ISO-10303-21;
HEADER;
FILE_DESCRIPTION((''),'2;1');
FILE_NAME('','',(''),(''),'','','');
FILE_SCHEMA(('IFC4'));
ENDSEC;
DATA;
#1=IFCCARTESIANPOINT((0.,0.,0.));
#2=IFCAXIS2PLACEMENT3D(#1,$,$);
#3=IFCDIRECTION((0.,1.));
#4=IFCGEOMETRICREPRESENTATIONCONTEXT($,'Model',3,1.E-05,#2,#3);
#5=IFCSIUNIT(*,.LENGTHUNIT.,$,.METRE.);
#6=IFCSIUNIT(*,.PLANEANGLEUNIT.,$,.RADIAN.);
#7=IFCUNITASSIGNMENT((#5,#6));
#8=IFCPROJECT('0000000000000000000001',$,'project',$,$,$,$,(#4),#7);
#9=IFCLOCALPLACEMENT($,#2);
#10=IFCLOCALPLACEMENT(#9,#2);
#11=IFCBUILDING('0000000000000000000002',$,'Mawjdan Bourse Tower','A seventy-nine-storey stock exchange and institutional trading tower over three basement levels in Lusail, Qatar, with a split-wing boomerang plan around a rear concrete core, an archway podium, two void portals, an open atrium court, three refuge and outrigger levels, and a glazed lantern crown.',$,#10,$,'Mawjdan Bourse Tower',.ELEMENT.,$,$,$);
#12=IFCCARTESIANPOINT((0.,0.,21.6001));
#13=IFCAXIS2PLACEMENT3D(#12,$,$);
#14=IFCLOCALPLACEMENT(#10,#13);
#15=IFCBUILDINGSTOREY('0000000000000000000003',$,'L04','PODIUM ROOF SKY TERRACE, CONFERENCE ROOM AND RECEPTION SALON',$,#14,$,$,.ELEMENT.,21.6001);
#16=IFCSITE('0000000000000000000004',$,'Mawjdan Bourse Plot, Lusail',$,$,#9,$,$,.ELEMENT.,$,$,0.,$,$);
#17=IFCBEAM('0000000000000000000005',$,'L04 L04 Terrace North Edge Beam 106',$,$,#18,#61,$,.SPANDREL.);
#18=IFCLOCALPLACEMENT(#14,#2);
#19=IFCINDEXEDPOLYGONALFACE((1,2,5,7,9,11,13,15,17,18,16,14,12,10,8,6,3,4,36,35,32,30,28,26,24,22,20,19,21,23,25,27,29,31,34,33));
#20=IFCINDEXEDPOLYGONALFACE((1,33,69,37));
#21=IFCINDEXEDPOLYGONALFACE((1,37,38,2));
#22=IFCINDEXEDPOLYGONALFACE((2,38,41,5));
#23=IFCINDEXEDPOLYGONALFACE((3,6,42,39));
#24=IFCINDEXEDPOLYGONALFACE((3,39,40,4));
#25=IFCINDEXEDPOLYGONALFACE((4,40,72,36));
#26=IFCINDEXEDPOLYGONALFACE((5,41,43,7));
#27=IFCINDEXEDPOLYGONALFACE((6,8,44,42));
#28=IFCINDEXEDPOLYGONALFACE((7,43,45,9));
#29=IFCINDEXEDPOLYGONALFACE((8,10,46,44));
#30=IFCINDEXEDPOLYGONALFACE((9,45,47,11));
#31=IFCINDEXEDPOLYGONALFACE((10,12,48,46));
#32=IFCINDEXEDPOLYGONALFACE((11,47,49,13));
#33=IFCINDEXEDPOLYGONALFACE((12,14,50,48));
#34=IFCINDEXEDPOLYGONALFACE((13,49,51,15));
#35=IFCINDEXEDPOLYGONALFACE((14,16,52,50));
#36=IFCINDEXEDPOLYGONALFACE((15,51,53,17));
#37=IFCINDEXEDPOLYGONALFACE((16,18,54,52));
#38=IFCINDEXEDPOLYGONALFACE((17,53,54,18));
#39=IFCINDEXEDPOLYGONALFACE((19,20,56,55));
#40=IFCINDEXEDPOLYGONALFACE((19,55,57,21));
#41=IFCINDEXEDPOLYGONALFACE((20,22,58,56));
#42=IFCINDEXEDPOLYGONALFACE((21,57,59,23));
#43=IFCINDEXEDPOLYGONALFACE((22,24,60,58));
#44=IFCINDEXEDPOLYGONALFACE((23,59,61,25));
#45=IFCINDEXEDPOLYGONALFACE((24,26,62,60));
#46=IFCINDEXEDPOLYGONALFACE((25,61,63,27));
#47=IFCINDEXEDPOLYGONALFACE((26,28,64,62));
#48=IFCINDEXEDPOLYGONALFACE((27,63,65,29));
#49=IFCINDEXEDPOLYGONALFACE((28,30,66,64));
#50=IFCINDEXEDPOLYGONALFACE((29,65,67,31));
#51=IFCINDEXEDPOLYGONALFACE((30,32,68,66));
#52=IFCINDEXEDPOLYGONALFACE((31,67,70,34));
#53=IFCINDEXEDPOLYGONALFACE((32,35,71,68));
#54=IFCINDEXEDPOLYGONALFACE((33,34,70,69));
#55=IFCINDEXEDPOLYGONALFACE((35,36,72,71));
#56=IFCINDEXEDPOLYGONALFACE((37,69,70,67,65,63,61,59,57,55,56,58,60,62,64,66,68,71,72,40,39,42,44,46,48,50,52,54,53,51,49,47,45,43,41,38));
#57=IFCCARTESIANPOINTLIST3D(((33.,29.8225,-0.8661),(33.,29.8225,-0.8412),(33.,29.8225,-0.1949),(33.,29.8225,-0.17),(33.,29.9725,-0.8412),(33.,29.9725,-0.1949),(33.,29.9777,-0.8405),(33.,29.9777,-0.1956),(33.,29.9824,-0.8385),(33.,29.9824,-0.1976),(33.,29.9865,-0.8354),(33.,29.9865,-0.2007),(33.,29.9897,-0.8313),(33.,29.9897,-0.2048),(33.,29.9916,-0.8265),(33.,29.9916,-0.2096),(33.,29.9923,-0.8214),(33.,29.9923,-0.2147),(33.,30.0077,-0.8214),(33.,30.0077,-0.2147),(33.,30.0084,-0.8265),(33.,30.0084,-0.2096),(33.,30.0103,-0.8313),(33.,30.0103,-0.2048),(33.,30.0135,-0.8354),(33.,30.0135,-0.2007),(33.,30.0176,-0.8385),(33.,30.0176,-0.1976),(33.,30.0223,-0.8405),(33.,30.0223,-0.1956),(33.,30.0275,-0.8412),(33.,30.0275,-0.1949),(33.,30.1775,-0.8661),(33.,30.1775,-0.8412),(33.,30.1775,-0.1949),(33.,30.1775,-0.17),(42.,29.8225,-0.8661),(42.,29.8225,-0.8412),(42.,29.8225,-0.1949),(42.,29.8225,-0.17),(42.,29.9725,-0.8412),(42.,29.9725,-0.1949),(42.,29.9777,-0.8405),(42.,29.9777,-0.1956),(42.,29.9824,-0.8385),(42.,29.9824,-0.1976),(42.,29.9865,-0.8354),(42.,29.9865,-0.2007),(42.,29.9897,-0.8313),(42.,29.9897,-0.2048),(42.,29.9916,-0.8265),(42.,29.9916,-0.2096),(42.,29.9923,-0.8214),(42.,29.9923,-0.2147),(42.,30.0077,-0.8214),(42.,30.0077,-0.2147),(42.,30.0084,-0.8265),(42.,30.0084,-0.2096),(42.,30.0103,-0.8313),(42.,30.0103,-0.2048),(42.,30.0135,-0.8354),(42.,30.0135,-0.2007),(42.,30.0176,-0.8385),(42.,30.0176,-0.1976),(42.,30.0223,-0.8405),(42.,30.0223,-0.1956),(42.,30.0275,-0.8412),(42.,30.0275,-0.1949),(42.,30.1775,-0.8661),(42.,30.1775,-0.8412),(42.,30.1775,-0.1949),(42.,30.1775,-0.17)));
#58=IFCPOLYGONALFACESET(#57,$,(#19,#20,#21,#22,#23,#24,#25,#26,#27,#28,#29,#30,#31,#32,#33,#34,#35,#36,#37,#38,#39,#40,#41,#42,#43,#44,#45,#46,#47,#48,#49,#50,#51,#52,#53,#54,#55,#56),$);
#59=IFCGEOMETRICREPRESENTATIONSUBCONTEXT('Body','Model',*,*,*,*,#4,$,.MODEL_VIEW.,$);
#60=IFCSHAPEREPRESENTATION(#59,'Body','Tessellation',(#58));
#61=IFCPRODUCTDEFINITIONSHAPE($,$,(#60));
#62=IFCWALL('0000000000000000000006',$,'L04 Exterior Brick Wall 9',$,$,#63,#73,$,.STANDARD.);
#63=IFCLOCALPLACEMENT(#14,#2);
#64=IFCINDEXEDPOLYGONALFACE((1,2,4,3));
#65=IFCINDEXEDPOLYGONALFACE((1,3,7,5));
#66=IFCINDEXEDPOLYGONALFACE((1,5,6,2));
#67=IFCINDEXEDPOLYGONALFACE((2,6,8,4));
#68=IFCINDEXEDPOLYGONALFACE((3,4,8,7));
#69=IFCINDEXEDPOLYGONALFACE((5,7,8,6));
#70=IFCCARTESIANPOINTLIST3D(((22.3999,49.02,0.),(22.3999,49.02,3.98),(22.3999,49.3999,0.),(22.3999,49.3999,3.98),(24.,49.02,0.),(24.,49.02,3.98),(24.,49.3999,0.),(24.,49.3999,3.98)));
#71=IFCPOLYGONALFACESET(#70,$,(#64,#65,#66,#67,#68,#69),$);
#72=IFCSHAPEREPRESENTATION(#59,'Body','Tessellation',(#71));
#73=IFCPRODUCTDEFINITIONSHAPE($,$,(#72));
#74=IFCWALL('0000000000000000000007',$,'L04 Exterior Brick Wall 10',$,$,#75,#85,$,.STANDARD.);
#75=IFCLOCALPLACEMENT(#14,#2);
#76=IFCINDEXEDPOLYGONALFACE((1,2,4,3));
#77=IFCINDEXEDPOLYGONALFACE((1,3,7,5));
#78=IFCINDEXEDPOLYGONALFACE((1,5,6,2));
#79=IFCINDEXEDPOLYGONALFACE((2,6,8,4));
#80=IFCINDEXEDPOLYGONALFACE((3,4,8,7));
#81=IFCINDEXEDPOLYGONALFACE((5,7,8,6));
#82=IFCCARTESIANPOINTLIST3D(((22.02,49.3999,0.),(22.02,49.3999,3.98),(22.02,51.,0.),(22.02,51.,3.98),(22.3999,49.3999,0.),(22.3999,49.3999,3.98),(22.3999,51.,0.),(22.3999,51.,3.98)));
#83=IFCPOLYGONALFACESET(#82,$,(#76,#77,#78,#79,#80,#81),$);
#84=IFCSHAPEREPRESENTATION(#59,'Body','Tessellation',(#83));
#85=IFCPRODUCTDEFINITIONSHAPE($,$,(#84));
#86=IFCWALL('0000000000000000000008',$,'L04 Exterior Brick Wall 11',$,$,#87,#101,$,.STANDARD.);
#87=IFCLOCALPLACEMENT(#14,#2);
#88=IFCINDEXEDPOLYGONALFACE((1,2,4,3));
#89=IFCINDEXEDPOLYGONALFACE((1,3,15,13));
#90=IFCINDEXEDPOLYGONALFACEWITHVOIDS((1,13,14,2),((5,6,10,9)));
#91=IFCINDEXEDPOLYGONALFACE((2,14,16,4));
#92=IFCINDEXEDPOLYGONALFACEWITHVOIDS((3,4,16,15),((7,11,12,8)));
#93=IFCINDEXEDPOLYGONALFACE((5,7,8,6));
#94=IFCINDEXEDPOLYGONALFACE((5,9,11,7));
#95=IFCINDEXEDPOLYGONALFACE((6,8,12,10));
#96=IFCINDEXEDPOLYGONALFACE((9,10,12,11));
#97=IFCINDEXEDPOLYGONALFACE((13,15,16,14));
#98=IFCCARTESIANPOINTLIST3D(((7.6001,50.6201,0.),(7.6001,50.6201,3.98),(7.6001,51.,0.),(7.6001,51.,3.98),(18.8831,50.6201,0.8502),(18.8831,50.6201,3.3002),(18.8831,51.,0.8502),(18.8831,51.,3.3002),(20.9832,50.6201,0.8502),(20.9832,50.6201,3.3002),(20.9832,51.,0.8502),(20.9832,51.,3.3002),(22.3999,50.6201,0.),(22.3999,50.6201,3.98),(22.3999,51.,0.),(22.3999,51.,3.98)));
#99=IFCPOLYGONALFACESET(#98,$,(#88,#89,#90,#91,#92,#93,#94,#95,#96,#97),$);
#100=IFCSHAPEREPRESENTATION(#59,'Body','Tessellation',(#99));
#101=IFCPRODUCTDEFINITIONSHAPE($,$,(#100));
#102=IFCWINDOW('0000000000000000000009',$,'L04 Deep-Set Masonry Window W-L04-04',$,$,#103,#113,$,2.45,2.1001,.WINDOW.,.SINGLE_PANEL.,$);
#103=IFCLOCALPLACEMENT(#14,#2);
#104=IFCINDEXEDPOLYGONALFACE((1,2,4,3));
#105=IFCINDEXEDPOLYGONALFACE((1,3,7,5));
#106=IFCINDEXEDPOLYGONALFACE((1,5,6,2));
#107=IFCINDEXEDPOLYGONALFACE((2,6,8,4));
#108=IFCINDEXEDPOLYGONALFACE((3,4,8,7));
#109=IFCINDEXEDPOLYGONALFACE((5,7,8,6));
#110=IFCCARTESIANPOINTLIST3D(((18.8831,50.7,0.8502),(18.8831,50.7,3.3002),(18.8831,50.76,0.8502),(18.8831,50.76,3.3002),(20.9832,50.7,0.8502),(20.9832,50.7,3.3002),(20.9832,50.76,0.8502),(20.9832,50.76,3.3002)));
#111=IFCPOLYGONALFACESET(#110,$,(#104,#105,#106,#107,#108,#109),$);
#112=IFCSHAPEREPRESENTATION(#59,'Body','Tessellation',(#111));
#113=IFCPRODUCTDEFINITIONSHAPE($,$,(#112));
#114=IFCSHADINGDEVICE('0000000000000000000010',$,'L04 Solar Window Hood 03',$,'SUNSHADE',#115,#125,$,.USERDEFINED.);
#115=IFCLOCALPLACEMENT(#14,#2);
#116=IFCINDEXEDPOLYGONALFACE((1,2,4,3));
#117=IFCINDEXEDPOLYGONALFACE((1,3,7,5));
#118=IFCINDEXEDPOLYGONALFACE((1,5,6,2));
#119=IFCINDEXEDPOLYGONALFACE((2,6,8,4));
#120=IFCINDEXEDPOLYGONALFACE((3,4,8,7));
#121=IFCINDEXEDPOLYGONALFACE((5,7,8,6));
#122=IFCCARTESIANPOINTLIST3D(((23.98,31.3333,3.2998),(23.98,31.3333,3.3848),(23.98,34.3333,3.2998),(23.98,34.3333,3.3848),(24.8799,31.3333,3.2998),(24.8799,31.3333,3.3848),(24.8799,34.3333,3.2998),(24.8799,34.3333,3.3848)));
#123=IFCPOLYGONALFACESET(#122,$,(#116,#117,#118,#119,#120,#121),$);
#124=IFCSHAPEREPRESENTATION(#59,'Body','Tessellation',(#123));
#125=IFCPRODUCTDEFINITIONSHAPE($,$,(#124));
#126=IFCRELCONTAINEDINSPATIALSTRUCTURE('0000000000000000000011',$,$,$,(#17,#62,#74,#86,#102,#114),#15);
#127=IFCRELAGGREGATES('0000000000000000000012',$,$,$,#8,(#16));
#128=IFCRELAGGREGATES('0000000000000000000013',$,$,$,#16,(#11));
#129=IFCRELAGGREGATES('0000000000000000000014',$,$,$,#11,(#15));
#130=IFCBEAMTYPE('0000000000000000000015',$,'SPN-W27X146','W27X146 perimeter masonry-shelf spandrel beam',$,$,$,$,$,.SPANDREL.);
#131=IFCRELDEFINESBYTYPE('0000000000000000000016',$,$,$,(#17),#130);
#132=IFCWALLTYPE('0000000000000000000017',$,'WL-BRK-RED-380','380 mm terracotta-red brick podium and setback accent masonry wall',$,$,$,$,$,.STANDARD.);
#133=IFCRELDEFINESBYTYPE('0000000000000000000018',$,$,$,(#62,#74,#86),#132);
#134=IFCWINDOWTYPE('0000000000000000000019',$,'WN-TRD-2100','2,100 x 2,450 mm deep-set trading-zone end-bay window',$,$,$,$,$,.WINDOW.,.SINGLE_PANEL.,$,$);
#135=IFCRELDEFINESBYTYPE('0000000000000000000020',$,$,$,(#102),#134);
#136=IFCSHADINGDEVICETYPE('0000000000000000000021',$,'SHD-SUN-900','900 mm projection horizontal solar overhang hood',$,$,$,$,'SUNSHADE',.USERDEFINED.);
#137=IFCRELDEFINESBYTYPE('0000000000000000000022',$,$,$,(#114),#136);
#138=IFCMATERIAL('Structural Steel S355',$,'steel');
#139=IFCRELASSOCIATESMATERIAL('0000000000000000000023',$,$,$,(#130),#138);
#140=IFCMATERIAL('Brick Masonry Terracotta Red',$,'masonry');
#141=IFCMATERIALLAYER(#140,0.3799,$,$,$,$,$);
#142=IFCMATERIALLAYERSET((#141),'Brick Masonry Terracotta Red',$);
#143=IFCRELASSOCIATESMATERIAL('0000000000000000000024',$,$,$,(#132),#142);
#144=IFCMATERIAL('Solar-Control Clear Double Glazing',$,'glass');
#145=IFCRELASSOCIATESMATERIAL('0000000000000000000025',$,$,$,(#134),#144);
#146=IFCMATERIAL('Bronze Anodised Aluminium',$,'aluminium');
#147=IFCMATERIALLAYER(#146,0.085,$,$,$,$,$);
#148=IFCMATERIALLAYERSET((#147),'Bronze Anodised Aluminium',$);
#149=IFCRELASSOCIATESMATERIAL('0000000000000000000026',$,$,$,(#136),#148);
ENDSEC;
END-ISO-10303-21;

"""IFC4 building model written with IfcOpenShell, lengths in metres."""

from ifc_helpers import new_model, si_unit, direction, frame, frame_2d, origin, origin_2d, place, context, subcontext, project, spatial, rectangle, i_section, extrude, material, layer, layer_set, material_profile, profile_set, type_object, element, fill, save


model = new_model("IFC4")

# Units and contexts
model_context = context("Model", 3, precision=1e-05, world=origin(), true_north=direction((0.0, 1.0)))
body_context = subcontext(model_context, "Body", "Model", "MODEL_VIEW")
ifc_project = project(units=[si_unit("LENGTHUNIT", "METRE"), si_unit("PLANEANGLEUNIT", "RADIAN")], contexts=[model_context])

# Site, building, storey
site_placement = place(None, origin())
site = spatial("IfcSite", under=ifc_project, at=site_placement, Name="Mawjdan Bourse Plot, Lusail", CompositionType="ELEMENT", RefElevation=0.0)
building_placement = place(site_placement, origin())
building = spatial("IfcBuilding", under=site, at=building_placement, Name="Mawjdan Bourse Tower", Description="A seventy-nine-storey stock exchange and institutional trading tower over three basement levels in Lusail, Qatar, with a split-wing boomerang plan around a rear concrete core, an archway podium, two void portals, an open atrium court, three refuge and outrigger levels, and a glazed lantern crown.", LongName="Mawjdan Bourse Tower", CompositionType="ELEMENT")
storey_placement = place(building_placement, frame((0.0, 0.0, 21.6001)))
storey = spatial("IfcBuildingStorey", under=building, at=storey_placement, Name="L04", Description="PODIUM ROOF SKY TERRACE, CONFERENCE ROOM AND RECEPTION SALON", CompositionType="ELEMENT", Elevation=21.6001)

# Beam
ifc_material_1 = material(Name="Structural Steel S355", Category="steel")
ifc_material_profile_1 = material_profile(ifc_material_1, i_section(OverallWidth=0.355, OverallDepth=0.696, WebThickness=0.0154, FlangeThickness=0.0249, FilletRadius=0.0198, at=origin_2d()), Name="W27X146")
ifc_profile_set_1 = profile_set([ifc_material_profile_1], Name="Structural Steel S355")
beam_type_1 = type_object("IfcBeamType", Name="SPN-W27X146", Description="W27X146 perimeter masonry-shelf spandrel beam", PredefinedType="SPANDREL", material=ifc_profile_set_1)
beam_placement = place(storey_placement, frame((33.0, 30.0, -0.5181), z_axis=(1.0, 0.0, 0.0), x_axis=(0.0, 1.0, 0.0)))
element("IfcBeam", 1, at=beam_placement, inside=storey, type_object=beam_type_1, Name="L04 L04 Terrace North Edge Beam 106", PredefinedType="SPANDREL", context=body_context, shape_type="SweptSolid", body=[
    extrude(i_section(OverallWidth=0.355, OverallDepth=0.696, WebThickness=0.0154, FlangeThickness=0.0249, FilletRadius=0.0198, at=origin_2d()), origin(), (0.0, 0.0, 1.0), 9.0),
])

# Walls
ifc_material_2 = material(Name="Brick Masonry Terracotta Red", Category="masonry")
ifc_layer_1 = layer(ifc_material_2, 0.3799)
ifc_layer_set_1 = layer_set([ifc_layer_1], Name="Brick Masonry Terracotta Red")
wall_type = type_object("IfcWallType", Name="WL-BRK-RED-380", Description="380 mm terracotta-red brick podium and setback accent masonry wall", PredefinedType="STANDARD", material=ifc_layer_set_1)
for number, where, z_axis, x_axis, name in (
    (2, (24.0, 49.21, 0.0), (0.0, 0.0, 1.0), (-1.0, 0.0, 0.0), "L04 Exterior Brick Wall 9"),
    (3, (22.21, 49.3999, 0.0), (0.0, 0.0, 1.0), (0.0, 1.0, 0.0), "L04 Exterior Brick Wall 10"),
):
    element("IfcWall", number, at=place(storey_placement, frame(where, z_axis=z_axis, x_axis=x_axis)), inside=storey, type_object=wall_type, Name=name, PredefinedType="STANDARD", context=body_context, shape_type="SweptSolid", body=[
        extrude(rectangle(XDim=1.6001, YDim=0.3799, at=frame_2d((0.8, 0.0))), origin(), (0.0, 0.0, 1.0), 3.98),
    ])

# Wall, opening, window
wall_placement = place(storey_placement, frame((22.3999, 50.8101, 0.0), z_axis=(0.0, 0.0, 1.0), x_axis=(-1.0, 0.0, 0.0)))
wall = element("IfcWall", 4, at=wall_placement, inside=storey, type_object=wall_type, Name="L04 Exterior Brick Wall 11", PredefinedType="STANDARD", context=body_context, shape_type="SweptSolid", body=[
    extrude(rectangle(XDim=14.7998, YDim=0.3799, at=frame_2d((7.3999, 0.0))), origin(), (0.0, 0.0, 1.0), 3.98),
])
opening_placement = place(wall_placement, frame((1.4167, 0.0, 0.8501)))
opening = element("IfcOpeningElement", 5, at=opening_placement, cuts=wall, PredefinedType="OPENING", context=body_context, shape_type="SweptSolid", body=[
    extrude(rectangle(XDim=2.1001, YDim=2.45, at=frame_2d((1.05, 1.2251))), frame((0.0, 0.2, 0.0), z_axis=(0.0, -1.0, 0.0), x_axis=(1.0, 0.0, 0.0)), (0.0, 0.0, 1.0), 0.3999),
])
ifc_material_3 = material(Name="Solar-Control Clear Double Glazing", Category="glass")
window_type = type_object("IfcWindowType", Name="WN-TRD-2100", Description="2,100 x 2,450 mm deep-set trading-zone end-bay window", PartitioningType="SINGLE_PANEL", PredefinedType="WINDOW", material=ifc_material_3)
window_placement = place(opening_placement, origin())
window = element("IfcWindow", 6, at=window_placement, inside=storey, type_object=window_type, Name="L04 Deep-Set Masonry Window W-L04-04", OverallHeight=2.45, OverallWidth=2.1001, PartitioningType="SINGLE_PANEL", PredefinedType="WINDOW", context=body_context, shape_type="SweptSolid", body=[
    extrude(rectangle(XDim=2.1001, YDim=2.45, at=frame_2d((1.05, 1.2251))), frame((0.0, 0.1101, 0.0), z_axis=(0.0, -1.0, 0.0), x_axis=(1.0, 0.0, 0.0)), (0.0, 0.0, 1.0), 0.0601),
])
fill(opening, window)

# Shading device
ifc_material_4 = material(Name="Bronze Anodised Aluminium", Category="aluminium")
ifc_layer_2 = layer(ifc_material_4, 0.085)
ifc_layer_set_2 = layer_set([ifc_layer_2], Name="Bronze Anodised Aluminium")
shading_device_type = type_object("IfcShadingDeviceType", Name="SHD-SUN-900", Description="900 mm projection horizontal solar overhang hood", ElementType="SUNSHADE", PredefinedType="USERDEFINED", material=ifc_layer_set_2)
shading_device_placement = place(storey_placement, frame((24.4299, 32.8333, 3.2998), z_axis=(0.0, 0.0, 1.0), x_axis=(0.0, 1.0, 0.0)))
element("IfcShadingDevice", 7, at=shading_device_placement, inside=storey, type_object=shading_device_type, Name="L04 Solar Window Hood 03", ObjectType="SUNSHADE", PredefinedType="USERDEFINED", context=body_context, shape_type="SweptSolid", body=[
    extrude(rectangle(XDim=3.0, YDim=0.8999, at=origin_2d()), origin(), (0.0, 0.0, 1.0), 0.085),
])

save(model, "model.ifc")
